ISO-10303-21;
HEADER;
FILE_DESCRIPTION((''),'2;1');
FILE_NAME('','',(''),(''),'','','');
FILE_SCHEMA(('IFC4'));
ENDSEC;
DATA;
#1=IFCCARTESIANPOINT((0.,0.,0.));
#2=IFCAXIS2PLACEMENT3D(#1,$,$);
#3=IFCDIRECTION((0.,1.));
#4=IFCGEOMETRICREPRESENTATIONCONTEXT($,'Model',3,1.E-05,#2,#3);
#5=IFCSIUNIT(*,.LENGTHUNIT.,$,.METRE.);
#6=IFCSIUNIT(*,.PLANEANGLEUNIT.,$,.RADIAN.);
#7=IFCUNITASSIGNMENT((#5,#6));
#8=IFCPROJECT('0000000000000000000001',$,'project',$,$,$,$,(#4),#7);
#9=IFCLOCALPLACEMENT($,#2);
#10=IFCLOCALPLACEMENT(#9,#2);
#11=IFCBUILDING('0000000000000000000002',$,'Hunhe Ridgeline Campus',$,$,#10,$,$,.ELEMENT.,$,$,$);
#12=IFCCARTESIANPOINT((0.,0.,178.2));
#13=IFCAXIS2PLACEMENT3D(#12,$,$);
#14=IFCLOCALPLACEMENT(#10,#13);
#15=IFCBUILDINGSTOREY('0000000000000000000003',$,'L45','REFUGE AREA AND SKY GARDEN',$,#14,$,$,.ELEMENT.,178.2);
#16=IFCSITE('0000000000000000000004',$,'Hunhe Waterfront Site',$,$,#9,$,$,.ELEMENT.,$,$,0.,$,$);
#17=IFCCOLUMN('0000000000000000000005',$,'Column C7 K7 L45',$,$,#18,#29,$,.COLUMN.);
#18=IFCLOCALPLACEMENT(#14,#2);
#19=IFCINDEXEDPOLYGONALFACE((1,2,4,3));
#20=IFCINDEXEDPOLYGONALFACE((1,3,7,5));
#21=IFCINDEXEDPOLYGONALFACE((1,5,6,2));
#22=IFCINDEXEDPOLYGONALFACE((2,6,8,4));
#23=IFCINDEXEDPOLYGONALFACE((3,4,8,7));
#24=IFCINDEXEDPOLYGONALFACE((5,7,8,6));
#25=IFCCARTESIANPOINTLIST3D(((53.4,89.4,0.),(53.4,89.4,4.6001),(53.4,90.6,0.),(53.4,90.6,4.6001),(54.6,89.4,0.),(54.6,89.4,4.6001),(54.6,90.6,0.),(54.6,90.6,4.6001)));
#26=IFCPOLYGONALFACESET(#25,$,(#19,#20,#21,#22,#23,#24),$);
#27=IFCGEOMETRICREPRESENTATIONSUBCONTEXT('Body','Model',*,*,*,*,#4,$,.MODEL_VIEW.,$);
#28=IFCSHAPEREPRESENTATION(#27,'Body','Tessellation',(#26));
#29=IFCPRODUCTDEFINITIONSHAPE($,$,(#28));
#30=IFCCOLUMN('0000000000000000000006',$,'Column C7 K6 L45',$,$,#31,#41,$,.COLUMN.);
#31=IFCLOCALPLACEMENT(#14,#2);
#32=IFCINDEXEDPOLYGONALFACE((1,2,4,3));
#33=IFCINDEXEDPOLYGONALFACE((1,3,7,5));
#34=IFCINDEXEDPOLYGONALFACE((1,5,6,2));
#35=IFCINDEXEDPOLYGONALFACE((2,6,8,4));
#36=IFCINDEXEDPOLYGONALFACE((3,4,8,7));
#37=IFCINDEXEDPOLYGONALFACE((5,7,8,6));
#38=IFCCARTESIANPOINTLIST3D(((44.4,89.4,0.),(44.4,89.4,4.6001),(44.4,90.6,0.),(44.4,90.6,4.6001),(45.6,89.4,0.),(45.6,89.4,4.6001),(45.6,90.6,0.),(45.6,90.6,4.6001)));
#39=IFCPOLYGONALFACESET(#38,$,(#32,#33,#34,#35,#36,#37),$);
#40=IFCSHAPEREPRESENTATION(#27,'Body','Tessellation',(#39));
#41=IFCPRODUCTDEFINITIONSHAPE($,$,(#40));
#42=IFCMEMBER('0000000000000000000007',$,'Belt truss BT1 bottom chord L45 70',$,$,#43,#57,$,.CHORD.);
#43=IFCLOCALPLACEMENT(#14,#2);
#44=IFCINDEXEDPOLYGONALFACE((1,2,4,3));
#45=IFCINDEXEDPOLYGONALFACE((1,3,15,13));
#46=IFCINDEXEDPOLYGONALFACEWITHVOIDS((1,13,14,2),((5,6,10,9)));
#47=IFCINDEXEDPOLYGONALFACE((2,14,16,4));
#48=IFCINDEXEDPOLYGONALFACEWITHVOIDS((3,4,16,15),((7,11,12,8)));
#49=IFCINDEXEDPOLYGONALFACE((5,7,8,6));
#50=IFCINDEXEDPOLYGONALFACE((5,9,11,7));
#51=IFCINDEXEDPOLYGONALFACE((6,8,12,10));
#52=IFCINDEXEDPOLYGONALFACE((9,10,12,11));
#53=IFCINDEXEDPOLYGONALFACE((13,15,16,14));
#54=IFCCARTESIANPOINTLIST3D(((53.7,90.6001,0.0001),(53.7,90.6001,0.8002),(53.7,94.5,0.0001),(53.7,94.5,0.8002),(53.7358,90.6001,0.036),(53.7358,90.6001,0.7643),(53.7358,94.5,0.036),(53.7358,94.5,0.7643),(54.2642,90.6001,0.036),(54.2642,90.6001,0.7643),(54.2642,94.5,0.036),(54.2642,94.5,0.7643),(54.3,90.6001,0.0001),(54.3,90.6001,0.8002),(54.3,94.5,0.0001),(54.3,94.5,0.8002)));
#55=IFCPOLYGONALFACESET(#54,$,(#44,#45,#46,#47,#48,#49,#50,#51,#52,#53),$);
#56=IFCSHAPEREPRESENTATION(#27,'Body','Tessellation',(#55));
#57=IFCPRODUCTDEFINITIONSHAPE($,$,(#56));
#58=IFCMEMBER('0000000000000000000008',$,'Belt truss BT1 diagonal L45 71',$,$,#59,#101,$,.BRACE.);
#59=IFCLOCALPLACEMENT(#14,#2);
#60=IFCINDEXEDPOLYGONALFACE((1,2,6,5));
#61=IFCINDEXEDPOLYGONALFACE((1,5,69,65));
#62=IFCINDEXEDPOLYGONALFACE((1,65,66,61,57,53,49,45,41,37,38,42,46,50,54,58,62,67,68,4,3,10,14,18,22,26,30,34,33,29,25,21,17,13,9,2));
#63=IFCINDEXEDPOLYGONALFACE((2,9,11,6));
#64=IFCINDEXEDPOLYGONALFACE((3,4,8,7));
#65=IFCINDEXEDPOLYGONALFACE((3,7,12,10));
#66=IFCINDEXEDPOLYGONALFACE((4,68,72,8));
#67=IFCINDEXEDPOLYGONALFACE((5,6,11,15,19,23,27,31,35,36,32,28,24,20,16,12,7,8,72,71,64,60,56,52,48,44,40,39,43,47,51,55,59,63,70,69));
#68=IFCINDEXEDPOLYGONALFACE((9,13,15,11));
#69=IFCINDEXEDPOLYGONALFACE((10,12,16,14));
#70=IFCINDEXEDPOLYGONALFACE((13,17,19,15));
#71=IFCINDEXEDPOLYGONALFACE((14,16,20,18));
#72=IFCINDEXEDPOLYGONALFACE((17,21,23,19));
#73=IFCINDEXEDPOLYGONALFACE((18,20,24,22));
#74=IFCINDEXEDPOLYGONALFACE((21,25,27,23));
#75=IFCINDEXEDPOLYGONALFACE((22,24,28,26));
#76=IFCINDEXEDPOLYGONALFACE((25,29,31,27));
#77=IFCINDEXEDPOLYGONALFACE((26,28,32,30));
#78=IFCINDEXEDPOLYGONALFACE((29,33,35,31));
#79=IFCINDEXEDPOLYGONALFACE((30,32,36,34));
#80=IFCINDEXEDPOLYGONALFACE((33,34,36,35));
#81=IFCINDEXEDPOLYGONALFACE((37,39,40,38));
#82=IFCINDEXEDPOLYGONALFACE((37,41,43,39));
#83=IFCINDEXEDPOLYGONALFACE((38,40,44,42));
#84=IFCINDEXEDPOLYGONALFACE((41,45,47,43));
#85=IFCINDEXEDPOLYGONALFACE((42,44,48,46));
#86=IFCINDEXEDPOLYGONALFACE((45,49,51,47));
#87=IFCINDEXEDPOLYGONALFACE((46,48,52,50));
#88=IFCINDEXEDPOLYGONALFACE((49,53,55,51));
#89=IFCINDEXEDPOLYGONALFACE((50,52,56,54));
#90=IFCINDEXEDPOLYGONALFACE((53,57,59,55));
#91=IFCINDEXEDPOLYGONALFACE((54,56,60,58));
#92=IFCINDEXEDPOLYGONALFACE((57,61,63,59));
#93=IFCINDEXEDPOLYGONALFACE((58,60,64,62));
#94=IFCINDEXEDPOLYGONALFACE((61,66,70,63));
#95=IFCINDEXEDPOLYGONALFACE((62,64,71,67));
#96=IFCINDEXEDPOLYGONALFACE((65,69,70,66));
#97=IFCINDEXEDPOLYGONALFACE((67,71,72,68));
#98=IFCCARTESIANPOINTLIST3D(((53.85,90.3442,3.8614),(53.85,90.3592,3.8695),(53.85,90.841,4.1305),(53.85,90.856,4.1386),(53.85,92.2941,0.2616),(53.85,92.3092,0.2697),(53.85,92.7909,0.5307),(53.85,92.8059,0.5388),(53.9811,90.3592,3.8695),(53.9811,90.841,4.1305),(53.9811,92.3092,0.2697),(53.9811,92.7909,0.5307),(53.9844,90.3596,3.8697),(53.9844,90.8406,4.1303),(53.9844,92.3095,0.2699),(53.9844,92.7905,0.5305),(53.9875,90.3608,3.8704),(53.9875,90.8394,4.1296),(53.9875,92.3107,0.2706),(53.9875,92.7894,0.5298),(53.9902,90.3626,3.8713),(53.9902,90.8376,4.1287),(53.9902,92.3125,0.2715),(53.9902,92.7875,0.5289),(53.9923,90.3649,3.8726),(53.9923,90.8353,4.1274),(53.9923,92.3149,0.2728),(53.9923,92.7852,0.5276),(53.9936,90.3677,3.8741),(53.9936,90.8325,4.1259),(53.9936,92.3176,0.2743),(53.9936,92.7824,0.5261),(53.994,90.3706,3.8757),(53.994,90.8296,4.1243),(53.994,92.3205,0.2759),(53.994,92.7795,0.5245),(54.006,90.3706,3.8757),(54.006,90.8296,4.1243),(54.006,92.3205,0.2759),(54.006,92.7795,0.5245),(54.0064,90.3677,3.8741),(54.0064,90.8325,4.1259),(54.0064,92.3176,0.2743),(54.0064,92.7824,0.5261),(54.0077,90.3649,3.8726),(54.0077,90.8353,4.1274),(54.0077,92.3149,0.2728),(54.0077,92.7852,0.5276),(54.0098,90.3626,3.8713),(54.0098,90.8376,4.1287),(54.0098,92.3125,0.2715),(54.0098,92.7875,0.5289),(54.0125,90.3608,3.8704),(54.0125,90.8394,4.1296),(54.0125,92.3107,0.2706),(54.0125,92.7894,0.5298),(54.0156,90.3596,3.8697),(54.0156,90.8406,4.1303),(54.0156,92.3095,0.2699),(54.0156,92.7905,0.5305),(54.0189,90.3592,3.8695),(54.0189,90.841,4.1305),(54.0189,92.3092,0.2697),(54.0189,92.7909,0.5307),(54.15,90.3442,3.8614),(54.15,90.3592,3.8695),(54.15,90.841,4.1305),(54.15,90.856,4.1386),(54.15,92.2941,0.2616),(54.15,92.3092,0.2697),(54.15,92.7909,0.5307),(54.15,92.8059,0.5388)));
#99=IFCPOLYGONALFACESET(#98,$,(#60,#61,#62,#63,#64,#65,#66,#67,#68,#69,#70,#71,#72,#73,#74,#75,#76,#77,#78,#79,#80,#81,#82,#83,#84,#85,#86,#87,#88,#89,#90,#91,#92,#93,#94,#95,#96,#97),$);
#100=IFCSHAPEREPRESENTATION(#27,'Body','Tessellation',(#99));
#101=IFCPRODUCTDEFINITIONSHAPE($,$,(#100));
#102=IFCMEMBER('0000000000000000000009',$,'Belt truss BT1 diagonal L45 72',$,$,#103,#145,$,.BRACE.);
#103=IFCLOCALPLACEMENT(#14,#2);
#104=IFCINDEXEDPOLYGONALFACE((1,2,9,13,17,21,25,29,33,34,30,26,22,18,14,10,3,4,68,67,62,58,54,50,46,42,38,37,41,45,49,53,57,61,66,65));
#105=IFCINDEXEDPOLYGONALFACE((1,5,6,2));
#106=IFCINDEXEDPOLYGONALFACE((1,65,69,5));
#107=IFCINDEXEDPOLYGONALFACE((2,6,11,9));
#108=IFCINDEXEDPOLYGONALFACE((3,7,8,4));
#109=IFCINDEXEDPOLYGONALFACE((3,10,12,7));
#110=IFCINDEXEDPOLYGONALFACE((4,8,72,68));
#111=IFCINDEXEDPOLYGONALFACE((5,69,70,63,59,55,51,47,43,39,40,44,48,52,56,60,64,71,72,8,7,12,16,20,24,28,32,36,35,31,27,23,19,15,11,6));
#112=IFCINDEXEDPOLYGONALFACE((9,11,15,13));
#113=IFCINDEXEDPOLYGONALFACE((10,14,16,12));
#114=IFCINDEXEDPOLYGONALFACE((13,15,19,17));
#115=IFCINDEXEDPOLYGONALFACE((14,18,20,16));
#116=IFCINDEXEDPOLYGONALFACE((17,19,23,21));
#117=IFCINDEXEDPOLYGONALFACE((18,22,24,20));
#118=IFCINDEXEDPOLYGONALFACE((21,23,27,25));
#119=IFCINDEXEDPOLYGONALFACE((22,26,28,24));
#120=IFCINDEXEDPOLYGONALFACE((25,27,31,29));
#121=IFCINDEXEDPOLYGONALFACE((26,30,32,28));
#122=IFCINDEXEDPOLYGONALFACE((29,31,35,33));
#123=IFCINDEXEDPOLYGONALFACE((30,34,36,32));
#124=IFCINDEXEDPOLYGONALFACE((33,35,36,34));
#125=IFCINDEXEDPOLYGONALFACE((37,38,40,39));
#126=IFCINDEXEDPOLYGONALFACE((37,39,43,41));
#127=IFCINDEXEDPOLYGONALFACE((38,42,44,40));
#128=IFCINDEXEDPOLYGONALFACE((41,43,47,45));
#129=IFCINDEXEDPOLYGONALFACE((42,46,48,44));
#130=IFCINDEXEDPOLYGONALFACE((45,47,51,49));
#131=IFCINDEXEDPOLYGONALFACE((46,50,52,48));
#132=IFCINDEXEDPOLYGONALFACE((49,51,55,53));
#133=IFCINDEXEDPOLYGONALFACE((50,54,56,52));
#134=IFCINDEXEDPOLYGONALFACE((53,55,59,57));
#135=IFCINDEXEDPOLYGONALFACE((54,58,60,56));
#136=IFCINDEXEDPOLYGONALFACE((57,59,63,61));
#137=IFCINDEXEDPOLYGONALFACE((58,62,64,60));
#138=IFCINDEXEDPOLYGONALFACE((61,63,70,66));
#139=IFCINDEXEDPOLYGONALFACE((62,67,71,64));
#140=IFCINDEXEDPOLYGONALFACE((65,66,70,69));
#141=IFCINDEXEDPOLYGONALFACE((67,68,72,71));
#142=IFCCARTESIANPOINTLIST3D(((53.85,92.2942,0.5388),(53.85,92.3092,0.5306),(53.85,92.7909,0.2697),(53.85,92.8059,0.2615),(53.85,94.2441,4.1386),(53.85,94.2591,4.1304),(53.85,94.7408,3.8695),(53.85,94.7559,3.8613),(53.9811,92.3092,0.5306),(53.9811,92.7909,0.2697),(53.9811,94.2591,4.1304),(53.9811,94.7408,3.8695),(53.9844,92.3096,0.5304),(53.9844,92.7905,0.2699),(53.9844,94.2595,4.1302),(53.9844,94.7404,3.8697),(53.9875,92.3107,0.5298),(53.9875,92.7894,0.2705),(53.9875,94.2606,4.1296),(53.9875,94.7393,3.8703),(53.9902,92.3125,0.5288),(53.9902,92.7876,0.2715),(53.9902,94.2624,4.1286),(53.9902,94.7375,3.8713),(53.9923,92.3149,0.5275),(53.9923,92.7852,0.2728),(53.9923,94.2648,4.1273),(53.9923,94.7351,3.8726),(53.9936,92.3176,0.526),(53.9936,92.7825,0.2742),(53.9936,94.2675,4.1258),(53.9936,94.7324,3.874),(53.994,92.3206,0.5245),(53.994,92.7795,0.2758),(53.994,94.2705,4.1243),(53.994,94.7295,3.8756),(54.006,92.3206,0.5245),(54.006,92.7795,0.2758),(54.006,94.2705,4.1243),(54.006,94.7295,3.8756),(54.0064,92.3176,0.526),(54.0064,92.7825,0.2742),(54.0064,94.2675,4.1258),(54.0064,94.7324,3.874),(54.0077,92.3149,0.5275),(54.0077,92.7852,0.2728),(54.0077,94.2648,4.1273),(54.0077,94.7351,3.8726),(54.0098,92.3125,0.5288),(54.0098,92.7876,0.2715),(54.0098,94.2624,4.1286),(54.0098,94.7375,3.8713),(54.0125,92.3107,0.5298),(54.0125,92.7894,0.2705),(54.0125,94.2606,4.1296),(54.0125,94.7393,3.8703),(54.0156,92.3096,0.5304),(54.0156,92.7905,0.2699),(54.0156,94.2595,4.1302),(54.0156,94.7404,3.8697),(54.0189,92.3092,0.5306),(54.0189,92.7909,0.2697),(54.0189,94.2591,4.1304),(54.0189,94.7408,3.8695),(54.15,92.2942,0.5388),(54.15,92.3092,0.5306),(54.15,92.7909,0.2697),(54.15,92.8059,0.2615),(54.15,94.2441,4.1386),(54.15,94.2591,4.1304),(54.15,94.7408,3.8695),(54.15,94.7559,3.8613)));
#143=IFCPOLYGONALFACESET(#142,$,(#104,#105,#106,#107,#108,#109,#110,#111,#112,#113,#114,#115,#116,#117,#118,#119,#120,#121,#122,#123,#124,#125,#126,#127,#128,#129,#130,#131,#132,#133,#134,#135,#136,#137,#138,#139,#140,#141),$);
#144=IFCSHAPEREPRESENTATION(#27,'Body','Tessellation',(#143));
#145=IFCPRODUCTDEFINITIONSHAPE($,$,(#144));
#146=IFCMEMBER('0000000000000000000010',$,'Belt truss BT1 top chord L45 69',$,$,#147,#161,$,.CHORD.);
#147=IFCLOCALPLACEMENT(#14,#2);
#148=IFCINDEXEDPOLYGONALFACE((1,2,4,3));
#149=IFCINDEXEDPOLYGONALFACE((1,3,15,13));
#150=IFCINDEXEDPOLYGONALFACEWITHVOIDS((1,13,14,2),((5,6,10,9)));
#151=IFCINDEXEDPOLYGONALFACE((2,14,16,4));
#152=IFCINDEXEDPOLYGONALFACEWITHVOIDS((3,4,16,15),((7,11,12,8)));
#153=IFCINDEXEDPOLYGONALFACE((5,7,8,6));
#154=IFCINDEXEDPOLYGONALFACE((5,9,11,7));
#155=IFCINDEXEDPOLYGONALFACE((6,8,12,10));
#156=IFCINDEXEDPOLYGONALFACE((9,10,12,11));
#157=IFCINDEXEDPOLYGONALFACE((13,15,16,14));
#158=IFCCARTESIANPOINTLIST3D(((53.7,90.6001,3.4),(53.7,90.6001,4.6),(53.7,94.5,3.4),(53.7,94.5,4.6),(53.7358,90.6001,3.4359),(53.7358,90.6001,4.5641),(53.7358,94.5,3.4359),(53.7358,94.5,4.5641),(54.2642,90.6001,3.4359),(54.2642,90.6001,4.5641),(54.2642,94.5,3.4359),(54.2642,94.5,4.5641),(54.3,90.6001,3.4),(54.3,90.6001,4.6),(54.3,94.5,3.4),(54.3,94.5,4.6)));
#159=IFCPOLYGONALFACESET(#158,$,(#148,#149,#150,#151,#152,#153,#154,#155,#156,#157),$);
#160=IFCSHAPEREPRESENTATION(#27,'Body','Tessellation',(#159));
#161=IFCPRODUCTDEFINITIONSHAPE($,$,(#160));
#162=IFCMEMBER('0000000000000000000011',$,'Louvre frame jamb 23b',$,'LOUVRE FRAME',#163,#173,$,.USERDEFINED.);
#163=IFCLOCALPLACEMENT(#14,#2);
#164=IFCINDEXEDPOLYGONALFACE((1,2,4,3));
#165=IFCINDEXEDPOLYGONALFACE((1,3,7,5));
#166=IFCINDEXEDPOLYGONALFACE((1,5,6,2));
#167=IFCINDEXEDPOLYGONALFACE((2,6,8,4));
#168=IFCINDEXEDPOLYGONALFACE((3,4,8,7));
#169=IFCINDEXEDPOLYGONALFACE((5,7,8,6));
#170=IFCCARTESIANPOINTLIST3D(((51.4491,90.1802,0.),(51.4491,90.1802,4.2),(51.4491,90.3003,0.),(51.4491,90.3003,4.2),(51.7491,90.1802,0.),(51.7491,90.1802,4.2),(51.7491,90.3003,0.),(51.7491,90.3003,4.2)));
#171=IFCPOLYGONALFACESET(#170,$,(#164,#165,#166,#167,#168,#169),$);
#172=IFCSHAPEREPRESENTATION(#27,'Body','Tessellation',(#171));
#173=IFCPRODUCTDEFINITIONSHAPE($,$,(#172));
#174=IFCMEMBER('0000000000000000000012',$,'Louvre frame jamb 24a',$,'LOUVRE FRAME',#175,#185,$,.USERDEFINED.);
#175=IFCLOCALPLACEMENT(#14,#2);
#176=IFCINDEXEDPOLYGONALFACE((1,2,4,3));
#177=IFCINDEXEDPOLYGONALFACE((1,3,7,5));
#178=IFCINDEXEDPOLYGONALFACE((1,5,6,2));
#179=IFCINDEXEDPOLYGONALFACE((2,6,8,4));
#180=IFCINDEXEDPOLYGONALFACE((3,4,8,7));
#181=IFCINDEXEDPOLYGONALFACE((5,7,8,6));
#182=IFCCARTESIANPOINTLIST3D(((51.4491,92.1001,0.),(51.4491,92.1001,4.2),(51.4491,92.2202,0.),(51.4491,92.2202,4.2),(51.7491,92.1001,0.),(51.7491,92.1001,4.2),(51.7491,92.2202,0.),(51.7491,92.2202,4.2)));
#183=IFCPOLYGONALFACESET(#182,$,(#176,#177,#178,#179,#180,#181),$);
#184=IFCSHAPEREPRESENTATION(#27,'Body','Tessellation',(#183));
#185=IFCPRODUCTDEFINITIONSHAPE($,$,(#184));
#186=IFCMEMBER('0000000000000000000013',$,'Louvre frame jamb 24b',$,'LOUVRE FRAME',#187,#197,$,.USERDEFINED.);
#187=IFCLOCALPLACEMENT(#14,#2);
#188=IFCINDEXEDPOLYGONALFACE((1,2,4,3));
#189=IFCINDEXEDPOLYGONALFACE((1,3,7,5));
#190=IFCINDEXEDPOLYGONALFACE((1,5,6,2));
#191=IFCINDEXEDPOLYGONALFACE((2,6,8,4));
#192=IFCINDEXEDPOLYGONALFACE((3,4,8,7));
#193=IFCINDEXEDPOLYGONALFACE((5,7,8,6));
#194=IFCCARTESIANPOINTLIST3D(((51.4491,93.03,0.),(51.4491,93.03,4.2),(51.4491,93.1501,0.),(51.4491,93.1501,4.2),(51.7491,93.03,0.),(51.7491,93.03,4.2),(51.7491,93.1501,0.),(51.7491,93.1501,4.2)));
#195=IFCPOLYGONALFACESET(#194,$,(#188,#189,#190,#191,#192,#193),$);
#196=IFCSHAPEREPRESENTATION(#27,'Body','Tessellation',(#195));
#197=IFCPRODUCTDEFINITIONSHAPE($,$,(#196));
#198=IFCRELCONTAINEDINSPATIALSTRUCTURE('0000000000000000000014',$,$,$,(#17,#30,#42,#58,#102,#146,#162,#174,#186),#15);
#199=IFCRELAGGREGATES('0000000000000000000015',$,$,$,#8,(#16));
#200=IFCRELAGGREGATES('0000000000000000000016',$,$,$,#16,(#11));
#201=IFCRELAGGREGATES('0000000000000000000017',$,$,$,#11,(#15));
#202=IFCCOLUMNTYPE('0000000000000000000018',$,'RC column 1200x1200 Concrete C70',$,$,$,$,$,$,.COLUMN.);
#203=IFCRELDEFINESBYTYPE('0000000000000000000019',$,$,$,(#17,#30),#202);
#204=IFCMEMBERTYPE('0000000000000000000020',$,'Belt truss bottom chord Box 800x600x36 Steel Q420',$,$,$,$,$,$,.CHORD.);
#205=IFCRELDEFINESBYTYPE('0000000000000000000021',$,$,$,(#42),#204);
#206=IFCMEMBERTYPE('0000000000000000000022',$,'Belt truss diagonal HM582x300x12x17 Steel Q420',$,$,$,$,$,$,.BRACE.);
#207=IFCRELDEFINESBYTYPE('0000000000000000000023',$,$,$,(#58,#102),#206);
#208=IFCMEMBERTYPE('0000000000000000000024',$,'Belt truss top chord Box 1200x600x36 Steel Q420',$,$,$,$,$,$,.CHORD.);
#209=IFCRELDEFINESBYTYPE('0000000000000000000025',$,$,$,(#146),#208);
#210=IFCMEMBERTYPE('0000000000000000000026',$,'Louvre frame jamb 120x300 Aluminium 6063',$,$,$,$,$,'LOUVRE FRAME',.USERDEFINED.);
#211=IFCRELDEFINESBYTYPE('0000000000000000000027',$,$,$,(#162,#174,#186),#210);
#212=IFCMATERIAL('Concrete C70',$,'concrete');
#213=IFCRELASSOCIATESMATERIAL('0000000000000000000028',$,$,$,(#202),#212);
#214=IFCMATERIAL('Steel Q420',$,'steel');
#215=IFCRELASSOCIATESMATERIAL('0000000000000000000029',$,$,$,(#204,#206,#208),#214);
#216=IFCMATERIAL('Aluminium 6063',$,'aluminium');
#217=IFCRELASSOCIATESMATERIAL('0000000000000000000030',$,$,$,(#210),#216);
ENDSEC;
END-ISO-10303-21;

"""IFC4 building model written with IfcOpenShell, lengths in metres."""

from ifc_helpers import new_model, si_unit, direction, frame, origin, origin_2d, place, context, subcontext, project, spatial, rectangle, hollow_rectangle, i_section, extrude, material, material_profile, profile_set, type_object, element, save


model = new_model("IFC4")

# Units and contexts
model_context = context("Model", 3, precision=1e-05, world=origin(), true_north=direction((0.0, 1.0)))
body_context = subcontext(model_context, "Body", "Model", "MODEL_VIEW")
ifc_project = project(units=[si_unit("LENGTHUNIT", "METRE"), si_unit("PLANEANGLEUNIT", "RADIAN")], contexts=[model_context])

# Site, building, storey
site_placement = place(None, origin())
site = spatial("IfcSite", under=ifc_project, at=site_placement, Name="Hunhe Waterfront Site", CompositionType="ELEMENT", RefElevation=0.0)
building_placement = place(site_placement, origin())
building = spatial("IfcBuilding", under=site, at=building_placement, Name="Hunhe Ridgeline Campus", CompositionType="ELEMENT")
storey_placement = place(building_placement, frame((0.0, 0.0, 178.2)))
storey = spatial("IfcBuildingStorey", under=building, at=storey_placement, Name="L45", Description="REFUGE AREA AND SKY GARDEN", CompositionType="ELEMENT", Elevation=178.2)

# Columns
ifc_material_1 = material(Name="Concrete C70", Category="concrete")
ifc_material_profile_1 = material_profile(ifc_material_1, rectangle(XDim=1.2, YDim=1.2, at=origin_2d()))
ifc_profile_set_1 = profile_set([ifc_material_profile_1], Name="Concrete C70")
column_type = type_object("IfcColumnType", Name="RC column 1200x1200 Concrete C70", PredefinedType="COLUMN", material=ifc_profile_set_1)
for number, where, z_axis, x_axis, name in (
    (1, (54.0, 90.0, 0.0), (0.0, 0.0, 1.0), (1.0, 0.0, 0.0), "Column C7 K7 L45"),
    (2, (45.0, 90.0, 0.0), (0.0, 0.0, 1.0), (1.0, 0.0, 0.0), "Column C7 K6 L45"),
):
    element("IfcColumn", number, at=place(storey_placement, frame(where, z_axis=z_axis, x_axis=x_axis)), inside=storey, type_object=column_type, Name=name, PredefinedType="COLUMN", context=body_context, shape_type="SweptSolid", body=[
        extrude(rectangle(XDim=1.2, YDim=1.2, at=origin_2d()), origin(), (0.0, 0.0, 1.0), 4.6001),
    ])

# Members
ifc_material_2 = material(Name="Steel Q420", Category="steel")
ifc_material_profile_2 = material_profile(ifc_material_2, hollow_rectangle(XDim=0.6001, YDim=0.8, WallThickness=0.0359, at=origin_2d()))
ifc_profile_set_2 = profile_set([ifc_material_profile_2], Name="Steel Q420")
member_type_1 = type_object("IfcMemberType", Name="Belt truss bottom chord Box 800x600x36 Steel Q420", PredefinedType="CHORD", material=ifc_profile_set_2)
member_1_placement = place(storey_placement, frame((54.0, 90.6001, 0.4001), z_axis=(0.0, 1.0, 0.0), x_axis=(-1.0, 0.0, 0.0)))
element("IfcMember", 3, at=member_1_placement, inside=storey, type_object=member_type_1, Name="Belt truss BT1 bottom chord L45 70", PredefinedType="CHORD", context=body_context, shape_type="SweptSolid", body=[
    extrude(hollow_rectangle(XDim=0.6001, YDim=0.8, WallThickness=0.0359, at=origin_2d()), origin(), (0.0, 0.0, 1.0), 3.8999),
])
ifc_material_profile_3 = material_profile(ifc_material_2, i_section(OverallWidth=0.3, OverallDepth=0.582, WebThickness=0.012, FlangeThickness=0.0171, FilletRadius=0.0129, at=origin_2d()))
ifc_profile_set_3 = profile_set([ifc_material_profile_3], Name="Steel Q420")
member_type_2 = type_object("IfcMemberType", Name="Belt truss diagonal HM582x300x12x17 Steel Q420", PredefinedType="BRACE", material=ifc_profile_set_3)
for number, where, z_axis, x_axis, name in (
    (4, (54.0, 90.6001, 4.0), (0.0, 0.476289, -0.879289), (-1.0, 0.0, 0.0), "Belt truss BT1 diagonal L45 71"),
    (5, (54.0, 92.55, 0.4001), (0.0, 0.476289, 0.879289), (-1.0, 0.0, 0.0), "Belt truss BT1 diagonal L45 72"),
):
    element("IfcMember", number, at=place(storey_placement, frame(where, z_axis=z_axis, x_axis=x_axis)), inside=storey, type_object=member_type_2, Name=name, PredefinedType="BRACE", context=body_context, shape_type="SweptSolid", body=[
        extrude(i_section(OverallWidth=0.3, OverallDepth=0.582, WebThickness=0.012, FlangeThickness=0.0171, FilletRadius=0.0129, at=origin_2d()), origin(), (0.0, 0.0, 1.0), 4.094),
    ])
ifc_material_profile_4 = material_profile(ifc_material_2, hollow_rectangle(XDim=0.6001, YDim=1.2, WallThickness=0.0359, at=origin_2d()))
ifc_profile_set_4 = profile_set([ifc_material_profile_4], Name="Steel Q420")
member_type_3 = type_object("IfcMemberType", Name="Belt truss top chord Box 1200x600x36 Steel Q420", PredefinedType="CHORD", material=ifc_profile_set_4)
member_2_placement = place(storey_placement, frame((54.0, 90.6001, 4.0), z_axis=(0.0, 1.0, 0.0), x_axis=(-1.0, 0.0, 0.0)))
element("IfcMember", 6, at=member_2_placement, inside=storey, type_object=member_type_3, Name="Belt truss BT1 top chord L45 69", PredefinedType="CHORD", context=body_context, shape_type="SweptSolid", body=[
    extrude(hollow_rectangle(XDim=0.6001, YDim=1.2, WallThickness=0.0359, at=origin_2d()), origin(), (0.0, 0.0, 1.0), 3.8999),
])
ifc_material_3 = material(Name="Aluminium 6063", Category="aluminium")
ifc_material_profile_5 = material_profile(ifc_material_3, rectangle(XDim=0.3, YDim=0.1201, at=origin_2d()))
ifc_profile_set_5 = profile_set([ifc_material_profile_5], Name="Aluminium 6063")
member_type_4 = type_object("IfcMemberType", Name="Louvre frame jamb 120x300 Aluminium 6063", ElementType="LOUVRE FRAME", PredefinedType="USERDEFINED", material=ifc_profile_set_5)
for number, where, z_axis, x_axis, name in (
    (7, (51.5991, 90.2402, 0.0), (0.0, 0.0, 1.0), (-1.0, 0.0, 0.0), "Louvre frame jamb 23b"),
    (8, (51.5991, 92.1602, 0.0), (0.0, 0.0, 1.0), (-1.0, 0.0, 0.0), "Louvre frame jamb 24a"),
    (9, (51.5991, 93.0901, 0.0), (0.0, 0.0, 1.0), (-1.0, 0.0, 0.0), "Louvre frame jamb 24b"),
):
    element("IfcMember", number, at=place(storey_placement, frame(where, z_axis=z_axis, x_axis=x_axis)), inside=storey, type_object=member_type_4, Name=name, ObjectType="LOUVRE FRAME", PredefinedType="USERDEFINED", context=body_context, shape_type="SweptSolid", body=[
        extrude(rectangle(XDim=0.3, YDim=0.1201, at=origin_2d()), origin(), (0.0, 0.0, 1.0), 4.2),
    ])

save(model, "model.ifc")
